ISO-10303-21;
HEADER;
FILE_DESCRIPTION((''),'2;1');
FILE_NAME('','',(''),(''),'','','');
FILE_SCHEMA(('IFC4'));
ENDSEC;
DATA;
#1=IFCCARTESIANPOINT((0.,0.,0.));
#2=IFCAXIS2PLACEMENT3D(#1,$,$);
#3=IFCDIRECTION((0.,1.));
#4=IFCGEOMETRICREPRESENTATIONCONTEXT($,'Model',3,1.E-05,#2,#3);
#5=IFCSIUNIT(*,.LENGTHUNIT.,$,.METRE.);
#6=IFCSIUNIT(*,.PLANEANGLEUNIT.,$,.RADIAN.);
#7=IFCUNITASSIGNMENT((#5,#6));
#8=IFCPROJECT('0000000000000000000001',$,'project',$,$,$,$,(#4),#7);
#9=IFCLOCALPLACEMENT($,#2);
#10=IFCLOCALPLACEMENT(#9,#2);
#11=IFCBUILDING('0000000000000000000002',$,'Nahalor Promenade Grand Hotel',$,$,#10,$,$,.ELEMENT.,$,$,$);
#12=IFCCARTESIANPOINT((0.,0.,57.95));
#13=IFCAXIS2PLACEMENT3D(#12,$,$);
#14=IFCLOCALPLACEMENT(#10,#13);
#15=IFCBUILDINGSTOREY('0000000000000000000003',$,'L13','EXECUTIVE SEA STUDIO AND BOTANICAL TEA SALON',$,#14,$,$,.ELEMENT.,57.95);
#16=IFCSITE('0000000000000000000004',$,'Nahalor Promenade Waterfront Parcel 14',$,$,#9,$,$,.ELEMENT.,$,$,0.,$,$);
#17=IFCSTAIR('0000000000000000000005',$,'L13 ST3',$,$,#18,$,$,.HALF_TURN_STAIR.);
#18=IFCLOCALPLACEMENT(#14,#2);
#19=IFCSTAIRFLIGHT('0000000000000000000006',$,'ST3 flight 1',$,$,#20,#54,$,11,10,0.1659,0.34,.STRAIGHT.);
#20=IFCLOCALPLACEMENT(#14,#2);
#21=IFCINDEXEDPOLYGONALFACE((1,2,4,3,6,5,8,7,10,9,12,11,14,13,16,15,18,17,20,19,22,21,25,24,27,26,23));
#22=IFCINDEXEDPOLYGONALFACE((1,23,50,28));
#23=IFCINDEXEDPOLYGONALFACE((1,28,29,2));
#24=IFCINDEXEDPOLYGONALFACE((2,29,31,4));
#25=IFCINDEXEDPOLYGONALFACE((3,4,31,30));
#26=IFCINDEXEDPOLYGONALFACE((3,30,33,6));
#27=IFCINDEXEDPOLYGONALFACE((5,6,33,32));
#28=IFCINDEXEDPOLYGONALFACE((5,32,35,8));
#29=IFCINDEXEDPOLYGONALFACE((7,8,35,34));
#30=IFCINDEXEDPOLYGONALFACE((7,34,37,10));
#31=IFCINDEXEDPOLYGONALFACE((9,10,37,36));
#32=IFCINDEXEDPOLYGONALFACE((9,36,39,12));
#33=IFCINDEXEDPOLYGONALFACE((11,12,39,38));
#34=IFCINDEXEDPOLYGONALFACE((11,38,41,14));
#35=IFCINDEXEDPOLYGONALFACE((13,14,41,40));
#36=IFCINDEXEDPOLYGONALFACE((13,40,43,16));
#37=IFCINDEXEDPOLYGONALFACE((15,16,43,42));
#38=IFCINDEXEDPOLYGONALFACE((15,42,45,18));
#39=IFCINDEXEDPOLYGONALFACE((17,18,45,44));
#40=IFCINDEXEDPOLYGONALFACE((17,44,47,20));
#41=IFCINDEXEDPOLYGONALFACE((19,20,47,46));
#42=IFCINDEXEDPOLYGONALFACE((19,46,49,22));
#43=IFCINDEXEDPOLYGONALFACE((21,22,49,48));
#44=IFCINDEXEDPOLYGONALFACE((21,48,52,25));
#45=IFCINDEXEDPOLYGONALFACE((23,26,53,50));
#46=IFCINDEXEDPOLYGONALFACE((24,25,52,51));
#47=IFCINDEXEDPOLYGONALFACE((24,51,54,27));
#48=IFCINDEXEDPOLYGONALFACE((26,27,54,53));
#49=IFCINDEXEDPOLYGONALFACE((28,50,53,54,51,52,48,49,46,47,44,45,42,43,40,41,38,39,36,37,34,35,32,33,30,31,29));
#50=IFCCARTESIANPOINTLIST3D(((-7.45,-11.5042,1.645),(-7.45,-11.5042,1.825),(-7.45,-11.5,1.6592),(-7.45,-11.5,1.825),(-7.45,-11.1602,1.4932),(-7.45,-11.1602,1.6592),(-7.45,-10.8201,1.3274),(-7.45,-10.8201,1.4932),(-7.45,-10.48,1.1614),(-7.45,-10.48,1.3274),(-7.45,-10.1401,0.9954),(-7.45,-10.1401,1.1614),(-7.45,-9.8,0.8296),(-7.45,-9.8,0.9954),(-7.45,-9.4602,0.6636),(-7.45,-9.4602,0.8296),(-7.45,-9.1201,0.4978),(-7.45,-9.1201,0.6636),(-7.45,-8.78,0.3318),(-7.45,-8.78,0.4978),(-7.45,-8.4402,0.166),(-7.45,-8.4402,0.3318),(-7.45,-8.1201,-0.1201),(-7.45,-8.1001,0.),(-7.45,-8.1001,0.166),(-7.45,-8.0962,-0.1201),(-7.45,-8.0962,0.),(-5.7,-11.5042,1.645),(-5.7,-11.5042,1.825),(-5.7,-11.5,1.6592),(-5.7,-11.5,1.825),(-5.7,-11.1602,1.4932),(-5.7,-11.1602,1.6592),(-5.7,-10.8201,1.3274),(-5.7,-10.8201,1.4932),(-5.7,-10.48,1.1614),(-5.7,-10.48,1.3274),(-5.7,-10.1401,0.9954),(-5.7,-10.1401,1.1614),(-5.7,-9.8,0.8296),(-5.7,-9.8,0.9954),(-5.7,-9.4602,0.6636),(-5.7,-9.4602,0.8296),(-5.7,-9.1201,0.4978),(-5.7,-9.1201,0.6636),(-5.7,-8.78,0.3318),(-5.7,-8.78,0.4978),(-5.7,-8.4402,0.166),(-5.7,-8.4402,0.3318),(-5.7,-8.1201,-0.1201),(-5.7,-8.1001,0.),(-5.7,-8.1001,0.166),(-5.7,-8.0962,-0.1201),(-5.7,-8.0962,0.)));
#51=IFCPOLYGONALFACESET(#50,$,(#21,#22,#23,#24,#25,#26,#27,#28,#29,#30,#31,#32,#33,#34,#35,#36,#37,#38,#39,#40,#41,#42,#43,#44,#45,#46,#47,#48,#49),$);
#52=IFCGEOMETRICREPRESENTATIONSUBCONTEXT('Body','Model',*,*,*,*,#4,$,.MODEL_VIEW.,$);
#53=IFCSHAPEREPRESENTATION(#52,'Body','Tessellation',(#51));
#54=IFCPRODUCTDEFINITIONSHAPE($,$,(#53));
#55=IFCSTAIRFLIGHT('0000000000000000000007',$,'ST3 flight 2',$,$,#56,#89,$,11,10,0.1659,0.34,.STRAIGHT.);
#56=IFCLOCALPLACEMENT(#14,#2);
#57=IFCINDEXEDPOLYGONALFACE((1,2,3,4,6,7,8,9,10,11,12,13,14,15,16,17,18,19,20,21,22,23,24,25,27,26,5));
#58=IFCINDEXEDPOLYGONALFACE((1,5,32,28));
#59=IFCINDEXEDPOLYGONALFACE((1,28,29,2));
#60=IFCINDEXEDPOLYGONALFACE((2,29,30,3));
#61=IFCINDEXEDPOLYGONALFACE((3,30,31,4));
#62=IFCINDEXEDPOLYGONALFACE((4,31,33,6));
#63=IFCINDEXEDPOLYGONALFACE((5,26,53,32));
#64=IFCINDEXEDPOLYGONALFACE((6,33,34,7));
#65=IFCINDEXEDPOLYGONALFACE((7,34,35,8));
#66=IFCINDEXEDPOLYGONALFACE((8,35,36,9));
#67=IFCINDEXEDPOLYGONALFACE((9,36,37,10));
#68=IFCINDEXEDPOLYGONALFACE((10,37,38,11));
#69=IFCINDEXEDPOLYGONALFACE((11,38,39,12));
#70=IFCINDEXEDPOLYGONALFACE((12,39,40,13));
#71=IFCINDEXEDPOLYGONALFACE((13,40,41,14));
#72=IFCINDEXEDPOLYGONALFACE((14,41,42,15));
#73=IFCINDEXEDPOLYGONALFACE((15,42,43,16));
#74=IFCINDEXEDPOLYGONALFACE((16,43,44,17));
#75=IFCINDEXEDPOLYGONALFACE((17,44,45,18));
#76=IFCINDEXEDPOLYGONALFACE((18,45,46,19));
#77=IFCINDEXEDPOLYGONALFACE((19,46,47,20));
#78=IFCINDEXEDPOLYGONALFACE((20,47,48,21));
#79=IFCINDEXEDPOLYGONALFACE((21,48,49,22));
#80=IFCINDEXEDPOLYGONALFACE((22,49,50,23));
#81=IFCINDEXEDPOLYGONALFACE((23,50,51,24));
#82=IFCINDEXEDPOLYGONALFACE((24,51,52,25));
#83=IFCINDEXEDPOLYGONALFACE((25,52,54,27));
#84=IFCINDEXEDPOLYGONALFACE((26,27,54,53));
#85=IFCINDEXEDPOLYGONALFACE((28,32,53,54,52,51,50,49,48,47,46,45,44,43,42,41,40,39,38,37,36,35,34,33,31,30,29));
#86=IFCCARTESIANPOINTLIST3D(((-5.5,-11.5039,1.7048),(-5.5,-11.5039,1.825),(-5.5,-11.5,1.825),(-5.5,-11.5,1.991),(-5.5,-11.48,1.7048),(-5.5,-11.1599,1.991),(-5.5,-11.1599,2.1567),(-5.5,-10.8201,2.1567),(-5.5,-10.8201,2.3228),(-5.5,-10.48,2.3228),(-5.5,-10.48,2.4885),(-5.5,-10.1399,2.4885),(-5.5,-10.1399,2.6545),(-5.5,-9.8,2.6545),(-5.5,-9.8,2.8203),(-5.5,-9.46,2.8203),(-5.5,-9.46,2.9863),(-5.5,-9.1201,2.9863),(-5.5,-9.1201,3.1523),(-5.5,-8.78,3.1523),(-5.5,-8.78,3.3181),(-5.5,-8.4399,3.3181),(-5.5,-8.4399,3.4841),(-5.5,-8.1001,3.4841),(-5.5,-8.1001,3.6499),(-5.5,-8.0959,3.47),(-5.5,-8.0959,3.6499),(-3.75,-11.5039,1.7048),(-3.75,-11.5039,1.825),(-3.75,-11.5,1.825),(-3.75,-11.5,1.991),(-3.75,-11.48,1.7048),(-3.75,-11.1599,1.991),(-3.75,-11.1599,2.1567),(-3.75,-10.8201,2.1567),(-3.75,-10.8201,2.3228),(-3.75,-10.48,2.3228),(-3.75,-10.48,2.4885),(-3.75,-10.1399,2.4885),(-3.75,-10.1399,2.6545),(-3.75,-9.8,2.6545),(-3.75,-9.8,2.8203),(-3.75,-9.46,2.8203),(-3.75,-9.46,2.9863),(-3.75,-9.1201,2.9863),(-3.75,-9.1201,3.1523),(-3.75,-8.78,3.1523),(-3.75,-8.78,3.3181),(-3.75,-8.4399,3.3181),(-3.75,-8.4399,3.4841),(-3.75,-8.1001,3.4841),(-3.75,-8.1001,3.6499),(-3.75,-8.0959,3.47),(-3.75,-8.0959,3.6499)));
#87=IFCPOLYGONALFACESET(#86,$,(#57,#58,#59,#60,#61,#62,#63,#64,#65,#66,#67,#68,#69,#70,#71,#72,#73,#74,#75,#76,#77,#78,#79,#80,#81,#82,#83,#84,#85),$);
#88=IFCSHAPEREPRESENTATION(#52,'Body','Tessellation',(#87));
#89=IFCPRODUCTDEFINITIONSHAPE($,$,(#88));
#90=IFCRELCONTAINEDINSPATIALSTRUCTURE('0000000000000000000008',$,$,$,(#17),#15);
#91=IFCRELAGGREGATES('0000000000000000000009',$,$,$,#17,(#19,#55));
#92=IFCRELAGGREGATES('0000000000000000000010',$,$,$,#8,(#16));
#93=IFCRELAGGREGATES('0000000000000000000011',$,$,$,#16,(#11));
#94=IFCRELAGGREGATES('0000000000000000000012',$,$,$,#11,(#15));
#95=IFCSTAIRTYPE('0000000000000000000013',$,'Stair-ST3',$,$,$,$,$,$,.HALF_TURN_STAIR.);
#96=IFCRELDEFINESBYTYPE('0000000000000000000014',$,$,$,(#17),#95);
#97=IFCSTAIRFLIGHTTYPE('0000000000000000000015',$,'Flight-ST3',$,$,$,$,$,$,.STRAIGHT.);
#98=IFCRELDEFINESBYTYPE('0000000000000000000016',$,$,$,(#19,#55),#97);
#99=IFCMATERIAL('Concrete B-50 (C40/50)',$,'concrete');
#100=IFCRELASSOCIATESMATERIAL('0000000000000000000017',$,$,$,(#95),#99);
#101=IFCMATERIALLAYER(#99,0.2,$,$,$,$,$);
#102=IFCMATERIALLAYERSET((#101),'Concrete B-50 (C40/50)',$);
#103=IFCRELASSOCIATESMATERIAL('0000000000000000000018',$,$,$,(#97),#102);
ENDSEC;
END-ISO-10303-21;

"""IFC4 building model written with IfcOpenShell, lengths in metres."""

from ifc_helpers import new_model, si_unit, direction, frame, origin, place, context, subcontext, project, spatial, polyline, outline, extrude, source, transform, mapped, material, layer, layer_set, type_object, element, aggregate, save


model = new_model("IFC4")

# Units and contexts
model_context = context("Model", 3, precision=1e-05, world=origin(), true_north=direction((0.0, 1.0)))
body_context = subcontext(model_context, "Body", "Model", "MODEL_VIEW")
ifc_project = project(units=[si_unit("LENGTHUNIT", "METRE"), si_unit("PLANEANGLEUNIT", "RADIAN")], contexts=[model_context])

# Site, building, storey
site_placement = place(None, origin())
site = spatial("IfcSite", under=ifc_project, at=site_placement, Name="Nahalor Promenade Waterfront Parcel 14", CompositionType="ELEMENT", RefElevation=0.0)
building_placement = place(site_placement, origin())
building = spatial("IfcBuilding", under=site, at=building_placement, Name="Nahalor Promenade Grand Hotel", CompositionType="ELEMENT")
storey_placement = place(building_placement, frame((0.0, 0.0, 57.95)))
storey = spatial("IfcBuildingStorey", under=building, at=storey_placement, Name="L13", Description="EXECUTIVE SEA STUDIO AND BOTANICAL TEA SALON", CompositionType="ELEMENT", Elevation=57.95)

# Shared definitions
ifc_material_1 = material(Name="Concrete B-50 (C40/50)", Category="concrete")

# Stair, stair flights
stair_type = type_object("IfcStairType", Name="Stair-ST3", PredefinedType="HALF_TURN_STAIR", material=ifc_material_1)
stair_placement = place(storey_placement, origin())
stair = element("IfcStair", 1, at=stair_placement, inside=storey, type_object=stair_type, Name="L13 ST3", PredefinedType="HALF_TURN_STAIR")
ifc_layer_1 = layer(ifc_material_1, 0.2)
ifc_layer_set_1 = layer_set([ifc_layer_1], Name="Concrete B-50 (C40/50)")
stair_flight_type = type_object("IfcStairFlightType", Name="Flight-ST3", PredefinedType="STRAIGHT", material=ifc_layer_set_1)
shared_shape_1 = source(origin(), body_context, "Body", "SweptSolid", [
    extrude(outline(polyline([(-0.0039, -0.1201), (-0.0039, 0.0), (0.0, 0.0), (0.0, 0.166), (0.3401, 0.166), (0.3401, 0.3318), (0.6799, 0.3318), (0.6799, 0.4978), (1.02, 0.4978), (1.02, 0.6636), (1.3601, 0.6636), (1.3601, 0.8296), (1.7, 0.8296), (1.7, 0.9954), (2.04, 0.9954), (2.04, 1.1614), (2.3799, 1.1614), (2.3799, 1.3274), (2.72, 1.3274), (2.72, 1.4932), (3.0601, 1.4932), (3.0601, 1.6592), (3.3999, 1.6592), (3.3999, 1.825), (3.4041, 1.825), (3.4041, 1.645), (0.02, -0.1201), (-0.0039, -0.1201)])), frame((0.0, 0.875, 0.0), z_axis=(0.0, -1.0, 0.0), x_axis=(1.0, 0.0, 0.0)), (0.0, 0.0, 1.0), 1.75),
])
stair_flight_1_placement = place(storey_placement, frame((-6.575, -8.1001, 0.0), z_axis=(0.0, 0.0, 1.0), x_axis=(0.0, -1.0, 0.0)))
stair_flight_1 = element("IfcStairFlight", 2, at=stair_flight_1_placement, type_object=stair_flight_type, Name="ST3 flight 1", NumberOfRisers=11, NumberOfTreads=10, PredefinedType="STRAIGHT", RiserHeight=0.1659, TreadLength=0.34, context=body_context, shape_type="MappedRepresentation", body=[
    mapped(shared_shape_1, transform((0.0, 0.0, 0.0), scale=1.0)),
])
stair_flight_2_placement = place(storey_placement, frame((-4.625, -11.5, 1.825), z_axis=(0.0, 0.0, 1.0), x_axis=(0.0, 1.0, 0.0)))
stair_flight_2 = element("IfcStairFlight", 3, at=stair_flight_2_placement, type_object=stair_flight_type, Name="ST3 flight 2", NumberOfRisers=11, NumberOfTreads=10, PredefinedType="STRAIGHT", RiserHeight=0.1659, TreadLength=0.34, context=body_context, shape_type="MappedRepresentation", body=[
    mapped(shared_shape_1, transform((0.0, 0.0, 0.0), scale=1.0)),
])
aggregate(stair, [stair_flight_1, stair_flight_2])

save(model, "model.ifc")
